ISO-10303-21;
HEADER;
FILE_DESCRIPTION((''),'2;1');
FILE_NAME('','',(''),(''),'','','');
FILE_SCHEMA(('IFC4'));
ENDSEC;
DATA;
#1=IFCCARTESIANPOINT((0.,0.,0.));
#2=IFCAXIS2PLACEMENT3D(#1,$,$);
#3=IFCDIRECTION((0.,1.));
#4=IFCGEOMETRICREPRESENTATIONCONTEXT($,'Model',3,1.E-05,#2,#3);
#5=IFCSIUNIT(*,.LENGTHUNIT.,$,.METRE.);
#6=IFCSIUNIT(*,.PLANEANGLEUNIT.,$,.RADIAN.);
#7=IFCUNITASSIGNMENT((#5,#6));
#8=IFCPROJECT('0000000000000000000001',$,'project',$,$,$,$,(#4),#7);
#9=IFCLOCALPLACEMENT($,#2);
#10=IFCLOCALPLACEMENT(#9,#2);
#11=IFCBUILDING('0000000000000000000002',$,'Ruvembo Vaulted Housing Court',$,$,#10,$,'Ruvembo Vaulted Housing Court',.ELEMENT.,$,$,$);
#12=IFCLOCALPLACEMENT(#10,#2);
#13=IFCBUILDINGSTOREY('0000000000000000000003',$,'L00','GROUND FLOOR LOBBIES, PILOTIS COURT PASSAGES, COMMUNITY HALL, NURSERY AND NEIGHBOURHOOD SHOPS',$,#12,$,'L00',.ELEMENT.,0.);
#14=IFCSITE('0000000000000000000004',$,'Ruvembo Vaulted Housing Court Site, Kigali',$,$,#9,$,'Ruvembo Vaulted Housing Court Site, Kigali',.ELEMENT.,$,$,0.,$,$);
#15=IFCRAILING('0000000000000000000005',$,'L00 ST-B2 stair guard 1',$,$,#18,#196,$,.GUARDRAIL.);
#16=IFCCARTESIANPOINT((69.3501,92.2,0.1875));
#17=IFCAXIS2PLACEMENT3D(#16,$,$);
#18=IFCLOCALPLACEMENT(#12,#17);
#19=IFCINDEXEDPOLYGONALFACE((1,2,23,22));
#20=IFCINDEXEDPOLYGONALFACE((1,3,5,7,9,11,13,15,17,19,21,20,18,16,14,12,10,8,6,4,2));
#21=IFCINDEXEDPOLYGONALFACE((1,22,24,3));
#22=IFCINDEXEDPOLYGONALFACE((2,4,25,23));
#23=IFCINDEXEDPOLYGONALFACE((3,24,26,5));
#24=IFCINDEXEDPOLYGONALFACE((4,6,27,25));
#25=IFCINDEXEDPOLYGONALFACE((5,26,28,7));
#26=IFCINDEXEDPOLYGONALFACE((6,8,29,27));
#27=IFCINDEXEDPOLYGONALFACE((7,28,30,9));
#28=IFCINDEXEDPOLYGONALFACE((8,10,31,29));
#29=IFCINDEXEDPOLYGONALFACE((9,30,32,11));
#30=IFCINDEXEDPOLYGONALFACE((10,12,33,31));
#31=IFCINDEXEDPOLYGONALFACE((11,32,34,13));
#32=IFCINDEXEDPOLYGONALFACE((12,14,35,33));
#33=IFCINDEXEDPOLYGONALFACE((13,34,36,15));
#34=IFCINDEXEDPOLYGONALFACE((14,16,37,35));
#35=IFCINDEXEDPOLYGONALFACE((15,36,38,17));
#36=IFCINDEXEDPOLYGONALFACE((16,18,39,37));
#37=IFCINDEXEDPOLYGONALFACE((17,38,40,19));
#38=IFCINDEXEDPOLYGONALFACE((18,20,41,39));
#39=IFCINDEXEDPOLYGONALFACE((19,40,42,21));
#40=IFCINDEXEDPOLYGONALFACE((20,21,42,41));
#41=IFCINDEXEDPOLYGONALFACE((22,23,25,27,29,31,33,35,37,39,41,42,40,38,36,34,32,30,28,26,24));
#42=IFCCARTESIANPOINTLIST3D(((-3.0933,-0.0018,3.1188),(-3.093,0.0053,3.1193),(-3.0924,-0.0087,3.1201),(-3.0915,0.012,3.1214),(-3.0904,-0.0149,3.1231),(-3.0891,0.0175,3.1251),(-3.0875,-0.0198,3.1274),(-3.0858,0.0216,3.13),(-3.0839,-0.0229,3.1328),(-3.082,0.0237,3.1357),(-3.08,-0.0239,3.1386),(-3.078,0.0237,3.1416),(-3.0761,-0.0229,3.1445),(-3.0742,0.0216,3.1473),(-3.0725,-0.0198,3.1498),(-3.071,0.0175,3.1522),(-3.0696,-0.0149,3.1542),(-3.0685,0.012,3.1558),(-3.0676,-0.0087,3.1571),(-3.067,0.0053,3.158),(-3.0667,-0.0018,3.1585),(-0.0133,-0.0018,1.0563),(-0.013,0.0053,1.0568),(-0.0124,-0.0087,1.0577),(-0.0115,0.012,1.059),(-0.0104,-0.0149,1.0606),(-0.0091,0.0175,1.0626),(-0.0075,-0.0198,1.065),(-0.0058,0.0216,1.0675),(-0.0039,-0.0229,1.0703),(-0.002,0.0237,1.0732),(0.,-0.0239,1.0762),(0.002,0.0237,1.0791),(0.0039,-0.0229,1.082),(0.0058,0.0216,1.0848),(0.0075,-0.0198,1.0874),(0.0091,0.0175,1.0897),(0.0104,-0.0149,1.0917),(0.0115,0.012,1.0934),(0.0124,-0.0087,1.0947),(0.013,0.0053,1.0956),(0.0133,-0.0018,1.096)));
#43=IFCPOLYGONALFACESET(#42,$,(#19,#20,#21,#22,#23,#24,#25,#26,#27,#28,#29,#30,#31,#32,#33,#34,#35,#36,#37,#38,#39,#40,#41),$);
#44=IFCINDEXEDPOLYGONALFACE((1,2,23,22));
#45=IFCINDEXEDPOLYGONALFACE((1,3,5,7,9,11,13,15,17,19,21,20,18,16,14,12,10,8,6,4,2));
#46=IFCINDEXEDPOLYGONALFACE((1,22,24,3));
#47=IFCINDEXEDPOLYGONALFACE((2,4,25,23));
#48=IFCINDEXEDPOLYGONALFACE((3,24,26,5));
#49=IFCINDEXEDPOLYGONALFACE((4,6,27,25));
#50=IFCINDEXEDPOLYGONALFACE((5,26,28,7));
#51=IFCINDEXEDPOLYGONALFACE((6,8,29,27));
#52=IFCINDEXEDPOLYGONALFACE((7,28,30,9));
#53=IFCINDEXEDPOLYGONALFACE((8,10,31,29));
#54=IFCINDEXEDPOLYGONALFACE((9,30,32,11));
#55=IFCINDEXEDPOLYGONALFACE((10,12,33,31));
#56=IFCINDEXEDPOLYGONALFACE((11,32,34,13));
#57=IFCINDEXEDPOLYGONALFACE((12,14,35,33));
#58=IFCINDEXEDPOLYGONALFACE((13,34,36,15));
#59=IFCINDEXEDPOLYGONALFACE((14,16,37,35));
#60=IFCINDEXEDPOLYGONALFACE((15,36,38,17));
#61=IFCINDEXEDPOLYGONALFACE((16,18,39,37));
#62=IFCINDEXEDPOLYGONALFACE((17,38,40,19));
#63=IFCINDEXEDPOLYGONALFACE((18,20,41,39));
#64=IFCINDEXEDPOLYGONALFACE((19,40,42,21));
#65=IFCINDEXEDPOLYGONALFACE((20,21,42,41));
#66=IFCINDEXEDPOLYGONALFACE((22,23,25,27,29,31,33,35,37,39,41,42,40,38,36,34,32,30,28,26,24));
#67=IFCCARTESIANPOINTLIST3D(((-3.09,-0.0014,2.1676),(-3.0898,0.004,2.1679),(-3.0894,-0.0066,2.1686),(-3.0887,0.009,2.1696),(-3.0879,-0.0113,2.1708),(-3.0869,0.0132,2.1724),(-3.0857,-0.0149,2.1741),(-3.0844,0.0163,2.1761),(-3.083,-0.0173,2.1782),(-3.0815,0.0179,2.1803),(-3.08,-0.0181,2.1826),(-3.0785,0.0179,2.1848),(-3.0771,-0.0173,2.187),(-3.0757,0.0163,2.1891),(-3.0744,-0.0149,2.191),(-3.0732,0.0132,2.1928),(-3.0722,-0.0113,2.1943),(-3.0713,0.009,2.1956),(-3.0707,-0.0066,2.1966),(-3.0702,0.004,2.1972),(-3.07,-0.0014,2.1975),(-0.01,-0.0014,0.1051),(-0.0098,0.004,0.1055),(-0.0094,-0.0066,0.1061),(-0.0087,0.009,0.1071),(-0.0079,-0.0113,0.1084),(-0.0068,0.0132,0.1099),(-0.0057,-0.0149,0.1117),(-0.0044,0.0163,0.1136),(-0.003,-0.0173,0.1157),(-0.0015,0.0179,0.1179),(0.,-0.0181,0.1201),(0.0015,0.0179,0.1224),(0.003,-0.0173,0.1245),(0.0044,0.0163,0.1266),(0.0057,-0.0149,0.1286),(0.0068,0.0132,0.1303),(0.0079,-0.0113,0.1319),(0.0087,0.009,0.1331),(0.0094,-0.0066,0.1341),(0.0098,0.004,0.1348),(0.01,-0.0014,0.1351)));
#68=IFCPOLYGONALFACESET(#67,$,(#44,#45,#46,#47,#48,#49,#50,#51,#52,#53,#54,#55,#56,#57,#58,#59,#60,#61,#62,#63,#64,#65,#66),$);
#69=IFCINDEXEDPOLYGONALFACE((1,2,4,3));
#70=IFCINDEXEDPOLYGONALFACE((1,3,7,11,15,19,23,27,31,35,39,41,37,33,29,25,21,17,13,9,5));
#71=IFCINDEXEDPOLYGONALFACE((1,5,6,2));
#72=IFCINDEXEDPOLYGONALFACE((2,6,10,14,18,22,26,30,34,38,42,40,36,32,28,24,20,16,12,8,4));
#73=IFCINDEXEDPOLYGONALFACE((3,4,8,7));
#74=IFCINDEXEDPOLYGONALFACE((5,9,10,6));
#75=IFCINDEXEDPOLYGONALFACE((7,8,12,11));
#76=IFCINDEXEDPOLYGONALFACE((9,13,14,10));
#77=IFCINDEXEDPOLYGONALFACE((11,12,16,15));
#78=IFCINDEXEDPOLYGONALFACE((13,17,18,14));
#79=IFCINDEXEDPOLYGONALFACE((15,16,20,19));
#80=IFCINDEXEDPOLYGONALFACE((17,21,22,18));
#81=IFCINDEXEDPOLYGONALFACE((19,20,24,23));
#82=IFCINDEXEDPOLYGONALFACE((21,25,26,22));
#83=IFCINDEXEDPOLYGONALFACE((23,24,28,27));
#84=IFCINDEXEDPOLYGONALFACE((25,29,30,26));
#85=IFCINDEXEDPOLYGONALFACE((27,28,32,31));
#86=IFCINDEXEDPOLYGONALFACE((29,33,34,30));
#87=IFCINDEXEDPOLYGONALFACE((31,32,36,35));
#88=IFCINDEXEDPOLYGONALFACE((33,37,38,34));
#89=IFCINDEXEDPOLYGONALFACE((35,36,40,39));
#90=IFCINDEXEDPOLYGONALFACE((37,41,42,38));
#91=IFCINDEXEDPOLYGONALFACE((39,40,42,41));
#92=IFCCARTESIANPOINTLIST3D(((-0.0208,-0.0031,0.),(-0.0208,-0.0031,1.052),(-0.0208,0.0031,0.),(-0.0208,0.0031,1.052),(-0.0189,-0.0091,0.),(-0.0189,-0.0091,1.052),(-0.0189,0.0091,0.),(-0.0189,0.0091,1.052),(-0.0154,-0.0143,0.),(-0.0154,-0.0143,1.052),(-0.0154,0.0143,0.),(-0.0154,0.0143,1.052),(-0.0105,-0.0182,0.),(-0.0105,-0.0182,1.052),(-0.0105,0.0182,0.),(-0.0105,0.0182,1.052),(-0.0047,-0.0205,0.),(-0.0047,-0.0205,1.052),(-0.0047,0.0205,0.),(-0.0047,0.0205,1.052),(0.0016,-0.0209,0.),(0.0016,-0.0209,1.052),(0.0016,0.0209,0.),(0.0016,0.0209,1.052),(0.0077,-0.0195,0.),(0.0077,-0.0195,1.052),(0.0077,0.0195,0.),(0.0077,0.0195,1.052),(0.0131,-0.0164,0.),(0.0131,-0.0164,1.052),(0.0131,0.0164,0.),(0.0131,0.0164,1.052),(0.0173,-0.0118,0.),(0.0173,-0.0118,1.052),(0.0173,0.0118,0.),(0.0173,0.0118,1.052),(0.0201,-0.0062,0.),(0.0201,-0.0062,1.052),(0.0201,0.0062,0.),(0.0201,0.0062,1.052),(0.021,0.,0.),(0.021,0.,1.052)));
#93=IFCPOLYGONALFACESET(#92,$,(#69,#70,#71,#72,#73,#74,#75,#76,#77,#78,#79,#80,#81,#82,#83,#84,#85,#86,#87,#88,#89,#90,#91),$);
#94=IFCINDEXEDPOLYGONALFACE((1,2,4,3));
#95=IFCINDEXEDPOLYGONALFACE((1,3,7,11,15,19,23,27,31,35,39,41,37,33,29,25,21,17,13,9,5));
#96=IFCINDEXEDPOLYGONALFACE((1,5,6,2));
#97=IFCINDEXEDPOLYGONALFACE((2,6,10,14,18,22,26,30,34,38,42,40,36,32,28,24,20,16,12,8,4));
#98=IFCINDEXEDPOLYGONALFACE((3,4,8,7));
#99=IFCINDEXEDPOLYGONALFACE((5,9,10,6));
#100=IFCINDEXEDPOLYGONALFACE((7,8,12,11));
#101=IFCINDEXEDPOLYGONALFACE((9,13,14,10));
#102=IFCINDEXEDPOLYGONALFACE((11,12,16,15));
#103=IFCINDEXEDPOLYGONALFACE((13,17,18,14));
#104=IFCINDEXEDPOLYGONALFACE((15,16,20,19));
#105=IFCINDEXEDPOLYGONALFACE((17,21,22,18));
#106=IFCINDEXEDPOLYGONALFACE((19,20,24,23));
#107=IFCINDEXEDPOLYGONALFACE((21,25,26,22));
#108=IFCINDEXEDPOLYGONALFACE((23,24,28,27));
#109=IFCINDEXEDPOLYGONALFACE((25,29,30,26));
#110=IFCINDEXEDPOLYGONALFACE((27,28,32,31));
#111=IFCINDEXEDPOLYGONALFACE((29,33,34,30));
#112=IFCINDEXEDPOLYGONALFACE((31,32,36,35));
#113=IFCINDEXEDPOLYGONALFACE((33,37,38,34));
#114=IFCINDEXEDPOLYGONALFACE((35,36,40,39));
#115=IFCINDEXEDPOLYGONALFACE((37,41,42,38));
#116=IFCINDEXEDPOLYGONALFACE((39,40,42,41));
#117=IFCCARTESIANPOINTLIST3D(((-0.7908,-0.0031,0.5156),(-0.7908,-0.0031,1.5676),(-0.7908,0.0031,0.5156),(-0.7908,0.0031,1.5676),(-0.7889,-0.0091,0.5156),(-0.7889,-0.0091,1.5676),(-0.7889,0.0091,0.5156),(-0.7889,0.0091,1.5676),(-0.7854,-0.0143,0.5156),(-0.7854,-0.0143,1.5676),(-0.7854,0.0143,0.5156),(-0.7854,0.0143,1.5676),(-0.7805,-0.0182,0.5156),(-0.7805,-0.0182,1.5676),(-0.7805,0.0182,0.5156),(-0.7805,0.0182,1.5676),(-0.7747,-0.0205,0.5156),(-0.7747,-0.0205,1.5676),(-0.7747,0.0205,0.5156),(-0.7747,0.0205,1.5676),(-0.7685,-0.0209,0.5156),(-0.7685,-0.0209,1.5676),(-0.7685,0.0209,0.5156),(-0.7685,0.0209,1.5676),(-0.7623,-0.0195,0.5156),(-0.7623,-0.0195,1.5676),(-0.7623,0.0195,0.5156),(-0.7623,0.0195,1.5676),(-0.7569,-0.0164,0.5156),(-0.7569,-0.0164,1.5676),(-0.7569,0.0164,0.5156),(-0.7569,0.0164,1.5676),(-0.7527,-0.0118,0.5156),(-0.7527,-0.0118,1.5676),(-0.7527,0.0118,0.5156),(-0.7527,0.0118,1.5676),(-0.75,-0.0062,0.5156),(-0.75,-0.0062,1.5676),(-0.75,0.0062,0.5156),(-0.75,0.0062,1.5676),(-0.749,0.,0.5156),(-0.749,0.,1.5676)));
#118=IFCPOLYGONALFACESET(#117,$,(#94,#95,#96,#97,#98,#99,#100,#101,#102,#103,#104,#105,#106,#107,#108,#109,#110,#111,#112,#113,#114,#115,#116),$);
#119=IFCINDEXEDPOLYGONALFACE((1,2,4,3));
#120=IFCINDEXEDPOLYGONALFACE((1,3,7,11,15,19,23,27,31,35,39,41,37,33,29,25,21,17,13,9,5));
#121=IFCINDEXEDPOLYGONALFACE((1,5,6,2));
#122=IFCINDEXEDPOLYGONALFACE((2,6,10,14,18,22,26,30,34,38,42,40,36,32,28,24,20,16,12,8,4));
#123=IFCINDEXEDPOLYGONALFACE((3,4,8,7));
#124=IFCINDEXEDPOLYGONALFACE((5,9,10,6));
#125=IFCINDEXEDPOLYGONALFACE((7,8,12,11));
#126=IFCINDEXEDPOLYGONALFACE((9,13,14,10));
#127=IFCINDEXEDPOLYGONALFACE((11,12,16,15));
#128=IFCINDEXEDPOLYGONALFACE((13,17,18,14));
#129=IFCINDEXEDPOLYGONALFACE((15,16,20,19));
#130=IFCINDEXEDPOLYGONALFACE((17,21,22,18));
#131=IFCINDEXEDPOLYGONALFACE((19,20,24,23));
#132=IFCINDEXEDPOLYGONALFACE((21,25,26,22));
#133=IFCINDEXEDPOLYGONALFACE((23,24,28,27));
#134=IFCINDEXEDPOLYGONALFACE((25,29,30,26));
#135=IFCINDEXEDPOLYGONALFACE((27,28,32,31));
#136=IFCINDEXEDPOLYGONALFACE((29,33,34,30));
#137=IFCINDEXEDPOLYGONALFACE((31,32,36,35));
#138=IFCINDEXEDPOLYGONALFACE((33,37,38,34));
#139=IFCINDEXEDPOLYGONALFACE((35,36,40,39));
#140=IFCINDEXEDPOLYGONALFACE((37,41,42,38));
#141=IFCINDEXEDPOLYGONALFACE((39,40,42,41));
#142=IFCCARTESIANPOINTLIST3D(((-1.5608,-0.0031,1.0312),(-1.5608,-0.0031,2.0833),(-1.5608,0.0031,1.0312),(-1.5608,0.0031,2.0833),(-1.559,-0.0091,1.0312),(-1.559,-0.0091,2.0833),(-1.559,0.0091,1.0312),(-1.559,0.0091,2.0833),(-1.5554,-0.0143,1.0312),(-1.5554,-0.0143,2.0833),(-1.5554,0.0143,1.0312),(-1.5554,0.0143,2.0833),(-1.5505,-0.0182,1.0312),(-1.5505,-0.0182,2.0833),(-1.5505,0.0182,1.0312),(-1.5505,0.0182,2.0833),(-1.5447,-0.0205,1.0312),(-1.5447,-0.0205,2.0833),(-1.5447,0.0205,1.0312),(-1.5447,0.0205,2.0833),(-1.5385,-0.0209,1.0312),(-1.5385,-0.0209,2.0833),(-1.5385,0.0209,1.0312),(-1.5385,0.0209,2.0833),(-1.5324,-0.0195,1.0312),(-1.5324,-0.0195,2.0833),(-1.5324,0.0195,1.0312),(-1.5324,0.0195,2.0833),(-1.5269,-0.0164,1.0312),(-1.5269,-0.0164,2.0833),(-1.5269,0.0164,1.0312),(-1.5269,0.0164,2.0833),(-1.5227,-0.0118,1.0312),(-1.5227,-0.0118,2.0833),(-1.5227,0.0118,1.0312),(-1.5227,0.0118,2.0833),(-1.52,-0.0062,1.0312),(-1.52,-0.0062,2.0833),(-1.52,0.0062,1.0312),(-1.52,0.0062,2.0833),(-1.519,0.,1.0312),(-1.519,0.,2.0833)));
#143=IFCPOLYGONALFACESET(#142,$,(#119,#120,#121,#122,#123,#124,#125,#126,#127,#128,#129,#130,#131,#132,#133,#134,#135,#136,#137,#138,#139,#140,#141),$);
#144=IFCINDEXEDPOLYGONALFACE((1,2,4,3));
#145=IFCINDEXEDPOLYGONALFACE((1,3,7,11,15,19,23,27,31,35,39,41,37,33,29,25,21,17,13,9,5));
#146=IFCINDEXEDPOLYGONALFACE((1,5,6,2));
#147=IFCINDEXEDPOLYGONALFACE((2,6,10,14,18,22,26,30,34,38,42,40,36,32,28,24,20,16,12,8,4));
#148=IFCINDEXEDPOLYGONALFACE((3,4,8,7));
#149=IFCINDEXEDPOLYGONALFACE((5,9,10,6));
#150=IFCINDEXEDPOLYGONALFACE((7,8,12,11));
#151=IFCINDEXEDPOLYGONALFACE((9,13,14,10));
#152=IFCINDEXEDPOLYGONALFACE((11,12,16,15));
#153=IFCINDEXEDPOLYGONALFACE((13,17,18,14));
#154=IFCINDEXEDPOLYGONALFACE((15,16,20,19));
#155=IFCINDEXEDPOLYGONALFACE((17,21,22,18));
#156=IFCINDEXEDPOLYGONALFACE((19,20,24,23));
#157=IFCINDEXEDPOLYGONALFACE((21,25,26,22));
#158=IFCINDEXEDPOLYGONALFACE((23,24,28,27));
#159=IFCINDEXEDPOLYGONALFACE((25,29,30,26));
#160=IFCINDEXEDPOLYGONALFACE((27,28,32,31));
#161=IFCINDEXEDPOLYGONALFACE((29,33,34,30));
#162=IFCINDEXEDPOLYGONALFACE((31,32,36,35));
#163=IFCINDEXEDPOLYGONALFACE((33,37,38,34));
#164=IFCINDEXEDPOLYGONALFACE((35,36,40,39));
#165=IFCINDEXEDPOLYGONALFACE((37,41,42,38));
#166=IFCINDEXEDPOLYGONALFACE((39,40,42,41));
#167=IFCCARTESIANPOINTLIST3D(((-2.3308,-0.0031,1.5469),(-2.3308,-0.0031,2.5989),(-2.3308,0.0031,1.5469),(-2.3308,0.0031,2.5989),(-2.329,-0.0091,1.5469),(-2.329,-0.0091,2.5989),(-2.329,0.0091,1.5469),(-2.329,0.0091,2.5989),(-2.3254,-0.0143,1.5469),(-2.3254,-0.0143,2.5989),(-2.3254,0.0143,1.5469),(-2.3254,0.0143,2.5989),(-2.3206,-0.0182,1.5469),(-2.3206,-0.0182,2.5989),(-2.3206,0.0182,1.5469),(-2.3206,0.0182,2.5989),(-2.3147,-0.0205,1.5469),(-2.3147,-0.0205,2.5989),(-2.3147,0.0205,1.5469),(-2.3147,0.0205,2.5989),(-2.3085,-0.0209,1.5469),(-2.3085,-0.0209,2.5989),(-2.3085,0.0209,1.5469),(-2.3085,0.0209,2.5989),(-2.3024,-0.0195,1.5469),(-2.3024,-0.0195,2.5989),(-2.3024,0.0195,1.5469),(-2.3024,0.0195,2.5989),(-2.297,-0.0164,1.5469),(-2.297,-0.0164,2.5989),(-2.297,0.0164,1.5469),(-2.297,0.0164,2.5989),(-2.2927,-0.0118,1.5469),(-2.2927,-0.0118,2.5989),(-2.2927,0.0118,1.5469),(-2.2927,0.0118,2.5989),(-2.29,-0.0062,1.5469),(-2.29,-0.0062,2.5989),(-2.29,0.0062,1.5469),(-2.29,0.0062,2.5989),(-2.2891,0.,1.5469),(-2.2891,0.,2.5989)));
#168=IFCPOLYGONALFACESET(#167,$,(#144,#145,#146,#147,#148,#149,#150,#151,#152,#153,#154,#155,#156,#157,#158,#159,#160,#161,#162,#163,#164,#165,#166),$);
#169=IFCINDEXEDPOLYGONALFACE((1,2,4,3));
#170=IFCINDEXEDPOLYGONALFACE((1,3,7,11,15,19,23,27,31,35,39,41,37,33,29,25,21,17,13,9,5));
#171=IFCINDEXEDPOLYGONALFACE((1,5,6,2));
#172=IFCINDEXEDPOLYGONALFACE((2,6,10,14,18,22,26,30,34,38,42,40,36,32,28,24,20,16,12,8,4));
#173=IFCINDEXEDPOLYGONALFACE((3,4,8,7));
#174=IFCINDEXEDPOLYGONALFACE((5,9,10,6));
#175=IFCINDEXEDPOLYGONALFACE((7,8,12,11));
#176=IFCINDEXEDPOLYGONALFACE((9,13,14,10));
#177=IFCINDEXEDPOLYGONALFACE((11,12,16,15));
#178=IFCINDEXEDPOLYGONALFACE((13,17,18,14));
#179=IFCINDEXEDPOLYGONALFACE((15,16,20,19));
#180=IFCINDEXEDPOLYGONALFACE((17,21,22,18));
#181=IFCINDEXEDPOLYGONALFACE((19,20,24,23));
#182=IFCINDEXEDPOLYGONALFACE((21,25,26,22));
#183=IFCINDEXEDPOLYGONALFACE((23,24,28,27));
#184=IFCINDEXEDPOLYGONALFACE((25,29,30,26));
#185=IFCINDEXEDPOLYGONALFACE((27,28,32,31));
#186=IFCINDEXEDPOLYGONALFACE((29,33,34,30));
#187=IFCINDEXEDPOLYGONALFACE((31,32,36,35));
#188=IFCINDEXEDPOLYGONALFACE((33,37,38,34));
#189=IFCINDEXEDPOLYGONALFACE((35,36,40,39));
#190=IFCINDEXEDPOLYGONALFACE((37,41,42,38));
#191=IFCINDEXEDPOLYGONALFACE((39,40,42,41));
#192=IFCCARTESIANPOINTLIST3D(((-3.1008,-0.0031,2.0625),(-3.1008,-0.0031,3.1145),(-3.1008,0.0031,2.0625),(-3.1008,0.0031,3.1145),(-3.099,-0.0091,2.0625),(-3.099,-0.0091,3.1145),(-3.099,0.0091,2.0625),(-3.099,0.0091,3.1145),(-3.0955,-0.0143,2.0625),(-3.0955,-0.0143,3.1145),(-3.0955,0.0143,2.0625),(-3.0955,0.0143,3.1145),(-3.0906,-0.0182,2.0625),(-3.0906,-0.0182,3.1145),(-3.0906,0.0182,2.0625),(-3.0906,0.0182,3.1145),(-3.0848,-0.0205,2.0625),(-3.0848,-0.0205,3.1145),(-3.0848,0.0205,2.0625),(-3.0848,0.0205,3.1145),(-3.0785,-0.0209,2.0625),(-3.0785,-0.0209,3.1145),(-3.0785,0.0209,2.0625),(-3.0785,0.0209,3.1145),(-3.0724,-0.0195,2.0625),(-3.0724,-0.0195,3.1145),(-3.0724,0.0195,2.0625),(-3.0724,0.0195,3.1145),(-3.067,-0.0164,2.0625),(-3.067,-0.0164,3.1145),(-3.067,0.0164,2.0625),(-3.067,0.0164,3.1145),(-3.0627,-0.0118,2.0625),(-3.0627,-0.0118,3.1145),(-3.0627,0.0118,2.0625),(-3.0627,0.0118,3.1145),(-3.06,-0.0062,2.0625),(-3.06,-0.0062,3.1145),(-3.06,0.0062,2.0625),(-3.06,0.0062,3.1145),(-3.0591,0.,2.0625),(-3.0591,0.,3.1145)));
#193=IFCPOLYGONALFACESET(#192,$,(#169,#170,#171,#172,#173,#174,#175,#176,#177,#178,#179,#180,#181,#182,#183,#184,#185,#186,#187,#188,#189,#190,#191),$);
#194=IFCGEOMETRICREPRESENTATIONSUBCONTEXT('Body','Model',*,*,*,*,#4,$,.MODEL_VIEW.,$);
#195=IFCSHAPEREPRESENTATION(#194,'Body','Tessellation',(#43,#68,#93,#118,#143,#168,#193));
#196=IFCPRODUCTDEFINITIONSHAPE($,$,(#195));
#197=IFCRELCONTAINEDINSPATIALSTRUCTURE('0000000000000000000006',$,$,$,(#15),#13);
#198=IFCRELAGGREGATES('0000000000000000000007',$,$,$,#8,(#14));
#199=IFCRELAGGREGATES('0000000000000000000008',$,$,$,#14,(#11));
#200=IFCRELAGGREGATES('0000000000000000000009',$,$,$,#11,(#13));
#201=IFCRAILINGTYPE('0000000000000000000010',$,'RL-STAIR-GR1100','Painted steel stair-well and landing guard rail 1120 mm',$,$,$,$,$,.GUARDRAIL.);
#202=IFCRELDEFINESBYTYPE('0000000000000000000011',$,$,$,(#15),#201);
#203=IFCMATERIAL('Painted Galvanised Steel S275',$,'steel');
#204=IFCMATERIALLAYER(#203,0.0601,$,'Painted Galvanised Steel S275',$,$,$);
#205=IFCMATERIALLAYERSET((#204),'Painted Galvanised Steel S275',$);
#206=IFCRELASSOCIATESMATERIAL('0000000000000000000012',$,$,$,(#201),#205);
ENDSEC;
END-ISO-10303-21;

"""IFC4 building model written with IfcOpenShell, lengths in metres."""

from ifc_helpers import new_model, si_unit, direction, frame, origin, origin_2d, place, context, subcontext, project, spatial, circle, extrude, material, layer, layer_set, type_object, element, save


model = new_model("IFC4")

# Units and contexts
model_context = context("Model", 3, precision=1e-05, world=origin(), true_north=direction((0.0, 1.0)))
body_context = subcontext(model_context, "Body", "Model", "MODEL_VIEW")
ifc_project = project(units=[si_unit("LENGTHUNIT", "METRE"), si_unit("PLANEANGLEUNIT", "RADIAN")], contexts=[model_context])

# Site, building, storey
site_placement = place(None, origin())
site = spatial("IfcSite", under=ifc_project, at=site_placement, Name="Ruvembo Vaulted Housing Court Site, Kigali", LongName="Ruvembo Vaulted Housing Court Site, Kigali", CompositionType="ELEMENT", RefElevation=0.0)
building_placement = place(site_placement, origin())
building = spatial("IfcBuilding", under=site, at=building_placement, Name="Ruvembo Vaulted Housing Court", LongName="Ruvembo Vaulted Housing Court", CompositionType="ELEMENT")
storey_placement = place(building_placement, origin())
storey = spatial("IfcBuildingStorey", under=building, at=storey_placement, Name="L00", Description="GROUND FLOOR LOBBIES, PILOTIS COURT PASSAGES, COMMUNITY HALL, NURSERY AND NEIGHBOURHOOD SHOPS", LongName="L00", CompositionType="ELEMENT", Elevation=0.0)

# Railing
ifc_material_1 = material(Name="Painted Galvanised Steel S275", Category="steel")
ifc_layer_1 = layer(ifc_material_1, 0.0601, Name="Painted Galvanised Steel S275")
ifc_layer_set_1 = layer_set([ifc_layer_1], Name="Painted Galvanised Steel S275")
railing_type_1 = type_object("IfcRailingType", Name="RL-STAIR-GR1100", Description="Painted steel stair-well and landing guard rail 1120 mm", PredefinedType="GUARDRAIL", material=ifc_layer_set_1)
railing_1_placement = place(storey_placement, frame((69.3501, 92.2, 0.1875)))
element("IfcRailing", 1, at=railing_1_placement, inside=storey, type_object=railing_type_1, Name="L00 ST-B2 stair guard 1", PredefinedType="GUARDRAIL", context=body_context, shape_type="SweptSolid", body=[
    extrude(circle(Radius=0.0239, at=origin_2d()), frame((0.0, 0.0, 1.0762), z_axis=(-0.830914, 0.0, 0.556401), x_axis=(0.0, -1.0, 0.0)), (0.0, 0.0, 1.0), 3.7068),
    extrude(circle(Radius=0.0181, at=origin_2d()), frame((0.0, 0.0, 0.1201), z_axis=(-0.830914, 0.0, 0.556401), x_axis=(0.0, -1.0, 0.0)), (0.0, 0.0, 1.0), 3.7068),
    extrude(circle(Radius=0.021, at=origin_2d()), origin(), (0.0, 0.0, 1.0), 1.052),
    extrude(circle(Radius=0.021, at=origin_2d()), frame((-0.77, 0.0, 0.5156)), (0.0, 0.0, 1.0), 1.052),
    extrude(circle(Radius=0.021, at=origin_2d()), frame((-1.54, 0.0, 1.0312)), (0.0, 0.0, 1.0), 1.052),
    extrude(circle(Radius=0.021, at=origin_2d()), frame((-2.3101, 0.0, 1.5469)), (0.0, 0.0, 1.0), 1.052),
    extrude(circle(Radius=0.021, at=origin_2d()), frame((-3.0801, 0.0, 2.0625)), (0.0, 0.0, 1.0), 1.052),
])

save(model, "model.ifc")
